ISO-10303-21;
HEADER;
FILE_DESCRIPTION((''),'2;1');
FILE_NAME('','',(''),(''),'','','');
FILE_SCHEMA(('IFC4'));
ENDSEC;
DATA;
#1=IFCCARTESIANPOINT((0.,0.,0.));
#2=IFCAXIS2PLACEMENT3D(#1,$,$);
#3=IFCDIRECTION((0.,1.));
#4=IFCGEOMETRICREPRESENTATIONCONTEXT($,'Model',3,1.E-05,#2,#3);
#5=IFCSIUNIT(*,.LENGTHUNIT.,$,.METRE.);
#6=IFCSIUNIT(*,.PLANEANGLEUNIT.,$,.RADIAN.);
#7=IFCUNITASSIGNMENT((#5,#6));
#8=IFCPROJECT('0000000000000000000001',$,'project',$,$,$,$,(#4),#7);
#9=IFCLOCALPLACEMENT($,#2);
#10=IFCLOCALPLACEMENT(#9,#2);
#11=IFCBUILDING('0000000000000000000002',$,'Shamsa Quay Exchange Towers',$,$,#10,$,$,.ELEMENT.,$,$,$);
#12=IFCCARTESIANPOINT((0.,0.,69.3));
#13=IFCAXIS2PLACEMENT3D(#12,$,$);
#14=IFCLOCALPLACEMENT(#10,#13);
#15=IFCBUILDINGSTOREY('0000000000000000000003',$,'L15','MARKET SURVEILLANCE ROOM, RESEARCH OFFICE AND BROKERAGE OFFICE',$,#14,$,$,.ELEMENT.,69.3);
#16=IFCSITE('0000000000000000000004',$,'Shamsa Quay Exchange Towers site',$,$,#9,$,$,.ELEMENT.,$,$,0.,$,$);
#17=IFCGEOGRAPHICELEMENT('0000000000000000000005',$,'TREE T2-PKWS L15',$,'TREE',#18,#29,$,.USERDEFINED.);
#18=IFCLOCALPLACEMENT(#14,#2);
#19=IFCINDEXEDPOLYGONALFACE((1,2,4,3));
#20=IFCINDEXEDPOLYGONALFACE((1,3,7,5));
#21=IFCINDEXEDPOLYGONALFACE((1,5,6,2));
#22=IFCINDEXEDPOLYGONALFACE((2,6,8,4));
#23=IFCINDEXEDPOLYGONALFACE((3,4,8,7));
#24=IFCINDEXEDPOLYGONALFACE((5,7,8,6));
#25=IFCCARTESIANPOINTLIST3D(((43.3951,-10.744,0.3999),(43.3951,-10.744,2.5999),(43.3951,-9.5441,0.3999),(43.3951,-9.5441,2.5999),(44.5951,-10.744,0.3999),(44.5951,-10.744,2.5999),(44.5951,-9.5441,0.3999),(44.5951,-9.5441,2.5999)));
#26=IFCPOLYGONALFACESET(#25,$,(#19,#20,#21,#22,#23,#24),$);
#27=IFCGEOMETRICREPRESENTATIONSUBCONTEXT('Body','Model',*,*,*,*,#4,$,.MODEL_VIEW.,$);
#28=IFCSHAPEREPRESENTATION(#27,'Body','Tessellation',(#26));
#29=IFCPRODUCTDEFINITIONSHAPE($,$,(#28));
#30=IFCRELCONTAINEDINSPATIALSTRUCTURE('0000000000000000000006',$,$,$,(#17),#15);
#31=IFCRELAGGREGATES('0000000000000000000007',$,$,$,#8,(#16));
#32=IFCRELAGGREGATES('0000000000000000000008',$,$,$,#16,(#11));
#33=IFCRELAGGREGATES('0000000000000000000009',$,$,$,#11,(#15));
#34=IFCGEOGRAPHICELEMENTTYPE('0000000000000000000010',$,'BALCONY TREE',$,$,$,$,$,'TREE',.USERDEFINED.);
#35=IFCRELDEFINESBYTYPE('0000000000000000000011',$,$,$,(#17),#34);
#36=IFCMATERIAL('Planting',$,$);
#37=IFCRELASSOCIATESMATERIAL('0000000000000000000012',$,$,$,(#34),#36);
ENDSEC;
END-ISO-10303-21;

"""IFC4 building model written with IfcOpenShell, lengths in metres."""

from ifc_helpers import new_model, si_unit, direction, frame, origin, origin_2d, place, context, subcontext, project, spatial, rectangle, extrude, material, type_object, element, save


model = new_model("IFC4")

# Units and contexts
model_context = context("Model", 3, precision=1e-05, world=origin(), true_north=direction((0.0, 1.0)))
body_context = subcontext(model_context, "Body", "Model", "MODEL_VIEW")
ifc_project = project(units=[si_unit("LENGTHUNIT", "METRE"), si_unit("PLANEANGLEUNIT", "RADIAN")], contexts=[model_context])

# Site, building, storey
site_placement = place(None, origin())
site = spatial("IfcSite", under=ifc_project, at=site_placement, Name="Shamsa Quay Exchange Towers site", CompositionType="ELEMENT", RefElevation=0.0)
building_placement = place(site_placement, origin())
building = spatial("IfcBuilding", under=site, at=building_placement, Name="Shamsa Quay Exchange Towers", CompositionType="ELEMENT")
storey_placement = place(building_placement, frame((0.0, 0.0, 69.3)))
storey = spatial("IfcBuildingStorey", under=building, at=storey_placement, Name="L15", Description="MARKET SURVEILLANCE ROOM, RESEARCH OFFICE AND BROKERAGE OFFICE", CompositionType="ELEMENT", Elevation=69.3)

# Geographic element
ifc_material_1 = material(Name="Planting")
geographic_element_type = type_object("IfcGeographicElementType", Name="BALCONY TREE", ElementType="TREE", PredefinedType="USERDEFINED", material=ifc_material_1)
geographic_element_placement = place(storey_placement, frame((43.9951, -10.144, 0.3999), z_axis=(0.0, 0.0, 1.0), x_axis=(0.0, 1.0, 0.0)))
element("IfcGeographicElement", 1, at=geographic_element_placement, inside=storey, type_object=geographic_element_type, Name="TREE T2-PKWS L15", ObjectType="TREE", PredefinedType="USERDEFINED", context=body_context, shape_type="SweptSolid", body=[
    extrude(rectangle(XDim=1.2, YDim=1.2, at=origin_2d()), origin(), (0.0, 0.0, 1.0), 2.2),
])

save(model, "model.ifc")
